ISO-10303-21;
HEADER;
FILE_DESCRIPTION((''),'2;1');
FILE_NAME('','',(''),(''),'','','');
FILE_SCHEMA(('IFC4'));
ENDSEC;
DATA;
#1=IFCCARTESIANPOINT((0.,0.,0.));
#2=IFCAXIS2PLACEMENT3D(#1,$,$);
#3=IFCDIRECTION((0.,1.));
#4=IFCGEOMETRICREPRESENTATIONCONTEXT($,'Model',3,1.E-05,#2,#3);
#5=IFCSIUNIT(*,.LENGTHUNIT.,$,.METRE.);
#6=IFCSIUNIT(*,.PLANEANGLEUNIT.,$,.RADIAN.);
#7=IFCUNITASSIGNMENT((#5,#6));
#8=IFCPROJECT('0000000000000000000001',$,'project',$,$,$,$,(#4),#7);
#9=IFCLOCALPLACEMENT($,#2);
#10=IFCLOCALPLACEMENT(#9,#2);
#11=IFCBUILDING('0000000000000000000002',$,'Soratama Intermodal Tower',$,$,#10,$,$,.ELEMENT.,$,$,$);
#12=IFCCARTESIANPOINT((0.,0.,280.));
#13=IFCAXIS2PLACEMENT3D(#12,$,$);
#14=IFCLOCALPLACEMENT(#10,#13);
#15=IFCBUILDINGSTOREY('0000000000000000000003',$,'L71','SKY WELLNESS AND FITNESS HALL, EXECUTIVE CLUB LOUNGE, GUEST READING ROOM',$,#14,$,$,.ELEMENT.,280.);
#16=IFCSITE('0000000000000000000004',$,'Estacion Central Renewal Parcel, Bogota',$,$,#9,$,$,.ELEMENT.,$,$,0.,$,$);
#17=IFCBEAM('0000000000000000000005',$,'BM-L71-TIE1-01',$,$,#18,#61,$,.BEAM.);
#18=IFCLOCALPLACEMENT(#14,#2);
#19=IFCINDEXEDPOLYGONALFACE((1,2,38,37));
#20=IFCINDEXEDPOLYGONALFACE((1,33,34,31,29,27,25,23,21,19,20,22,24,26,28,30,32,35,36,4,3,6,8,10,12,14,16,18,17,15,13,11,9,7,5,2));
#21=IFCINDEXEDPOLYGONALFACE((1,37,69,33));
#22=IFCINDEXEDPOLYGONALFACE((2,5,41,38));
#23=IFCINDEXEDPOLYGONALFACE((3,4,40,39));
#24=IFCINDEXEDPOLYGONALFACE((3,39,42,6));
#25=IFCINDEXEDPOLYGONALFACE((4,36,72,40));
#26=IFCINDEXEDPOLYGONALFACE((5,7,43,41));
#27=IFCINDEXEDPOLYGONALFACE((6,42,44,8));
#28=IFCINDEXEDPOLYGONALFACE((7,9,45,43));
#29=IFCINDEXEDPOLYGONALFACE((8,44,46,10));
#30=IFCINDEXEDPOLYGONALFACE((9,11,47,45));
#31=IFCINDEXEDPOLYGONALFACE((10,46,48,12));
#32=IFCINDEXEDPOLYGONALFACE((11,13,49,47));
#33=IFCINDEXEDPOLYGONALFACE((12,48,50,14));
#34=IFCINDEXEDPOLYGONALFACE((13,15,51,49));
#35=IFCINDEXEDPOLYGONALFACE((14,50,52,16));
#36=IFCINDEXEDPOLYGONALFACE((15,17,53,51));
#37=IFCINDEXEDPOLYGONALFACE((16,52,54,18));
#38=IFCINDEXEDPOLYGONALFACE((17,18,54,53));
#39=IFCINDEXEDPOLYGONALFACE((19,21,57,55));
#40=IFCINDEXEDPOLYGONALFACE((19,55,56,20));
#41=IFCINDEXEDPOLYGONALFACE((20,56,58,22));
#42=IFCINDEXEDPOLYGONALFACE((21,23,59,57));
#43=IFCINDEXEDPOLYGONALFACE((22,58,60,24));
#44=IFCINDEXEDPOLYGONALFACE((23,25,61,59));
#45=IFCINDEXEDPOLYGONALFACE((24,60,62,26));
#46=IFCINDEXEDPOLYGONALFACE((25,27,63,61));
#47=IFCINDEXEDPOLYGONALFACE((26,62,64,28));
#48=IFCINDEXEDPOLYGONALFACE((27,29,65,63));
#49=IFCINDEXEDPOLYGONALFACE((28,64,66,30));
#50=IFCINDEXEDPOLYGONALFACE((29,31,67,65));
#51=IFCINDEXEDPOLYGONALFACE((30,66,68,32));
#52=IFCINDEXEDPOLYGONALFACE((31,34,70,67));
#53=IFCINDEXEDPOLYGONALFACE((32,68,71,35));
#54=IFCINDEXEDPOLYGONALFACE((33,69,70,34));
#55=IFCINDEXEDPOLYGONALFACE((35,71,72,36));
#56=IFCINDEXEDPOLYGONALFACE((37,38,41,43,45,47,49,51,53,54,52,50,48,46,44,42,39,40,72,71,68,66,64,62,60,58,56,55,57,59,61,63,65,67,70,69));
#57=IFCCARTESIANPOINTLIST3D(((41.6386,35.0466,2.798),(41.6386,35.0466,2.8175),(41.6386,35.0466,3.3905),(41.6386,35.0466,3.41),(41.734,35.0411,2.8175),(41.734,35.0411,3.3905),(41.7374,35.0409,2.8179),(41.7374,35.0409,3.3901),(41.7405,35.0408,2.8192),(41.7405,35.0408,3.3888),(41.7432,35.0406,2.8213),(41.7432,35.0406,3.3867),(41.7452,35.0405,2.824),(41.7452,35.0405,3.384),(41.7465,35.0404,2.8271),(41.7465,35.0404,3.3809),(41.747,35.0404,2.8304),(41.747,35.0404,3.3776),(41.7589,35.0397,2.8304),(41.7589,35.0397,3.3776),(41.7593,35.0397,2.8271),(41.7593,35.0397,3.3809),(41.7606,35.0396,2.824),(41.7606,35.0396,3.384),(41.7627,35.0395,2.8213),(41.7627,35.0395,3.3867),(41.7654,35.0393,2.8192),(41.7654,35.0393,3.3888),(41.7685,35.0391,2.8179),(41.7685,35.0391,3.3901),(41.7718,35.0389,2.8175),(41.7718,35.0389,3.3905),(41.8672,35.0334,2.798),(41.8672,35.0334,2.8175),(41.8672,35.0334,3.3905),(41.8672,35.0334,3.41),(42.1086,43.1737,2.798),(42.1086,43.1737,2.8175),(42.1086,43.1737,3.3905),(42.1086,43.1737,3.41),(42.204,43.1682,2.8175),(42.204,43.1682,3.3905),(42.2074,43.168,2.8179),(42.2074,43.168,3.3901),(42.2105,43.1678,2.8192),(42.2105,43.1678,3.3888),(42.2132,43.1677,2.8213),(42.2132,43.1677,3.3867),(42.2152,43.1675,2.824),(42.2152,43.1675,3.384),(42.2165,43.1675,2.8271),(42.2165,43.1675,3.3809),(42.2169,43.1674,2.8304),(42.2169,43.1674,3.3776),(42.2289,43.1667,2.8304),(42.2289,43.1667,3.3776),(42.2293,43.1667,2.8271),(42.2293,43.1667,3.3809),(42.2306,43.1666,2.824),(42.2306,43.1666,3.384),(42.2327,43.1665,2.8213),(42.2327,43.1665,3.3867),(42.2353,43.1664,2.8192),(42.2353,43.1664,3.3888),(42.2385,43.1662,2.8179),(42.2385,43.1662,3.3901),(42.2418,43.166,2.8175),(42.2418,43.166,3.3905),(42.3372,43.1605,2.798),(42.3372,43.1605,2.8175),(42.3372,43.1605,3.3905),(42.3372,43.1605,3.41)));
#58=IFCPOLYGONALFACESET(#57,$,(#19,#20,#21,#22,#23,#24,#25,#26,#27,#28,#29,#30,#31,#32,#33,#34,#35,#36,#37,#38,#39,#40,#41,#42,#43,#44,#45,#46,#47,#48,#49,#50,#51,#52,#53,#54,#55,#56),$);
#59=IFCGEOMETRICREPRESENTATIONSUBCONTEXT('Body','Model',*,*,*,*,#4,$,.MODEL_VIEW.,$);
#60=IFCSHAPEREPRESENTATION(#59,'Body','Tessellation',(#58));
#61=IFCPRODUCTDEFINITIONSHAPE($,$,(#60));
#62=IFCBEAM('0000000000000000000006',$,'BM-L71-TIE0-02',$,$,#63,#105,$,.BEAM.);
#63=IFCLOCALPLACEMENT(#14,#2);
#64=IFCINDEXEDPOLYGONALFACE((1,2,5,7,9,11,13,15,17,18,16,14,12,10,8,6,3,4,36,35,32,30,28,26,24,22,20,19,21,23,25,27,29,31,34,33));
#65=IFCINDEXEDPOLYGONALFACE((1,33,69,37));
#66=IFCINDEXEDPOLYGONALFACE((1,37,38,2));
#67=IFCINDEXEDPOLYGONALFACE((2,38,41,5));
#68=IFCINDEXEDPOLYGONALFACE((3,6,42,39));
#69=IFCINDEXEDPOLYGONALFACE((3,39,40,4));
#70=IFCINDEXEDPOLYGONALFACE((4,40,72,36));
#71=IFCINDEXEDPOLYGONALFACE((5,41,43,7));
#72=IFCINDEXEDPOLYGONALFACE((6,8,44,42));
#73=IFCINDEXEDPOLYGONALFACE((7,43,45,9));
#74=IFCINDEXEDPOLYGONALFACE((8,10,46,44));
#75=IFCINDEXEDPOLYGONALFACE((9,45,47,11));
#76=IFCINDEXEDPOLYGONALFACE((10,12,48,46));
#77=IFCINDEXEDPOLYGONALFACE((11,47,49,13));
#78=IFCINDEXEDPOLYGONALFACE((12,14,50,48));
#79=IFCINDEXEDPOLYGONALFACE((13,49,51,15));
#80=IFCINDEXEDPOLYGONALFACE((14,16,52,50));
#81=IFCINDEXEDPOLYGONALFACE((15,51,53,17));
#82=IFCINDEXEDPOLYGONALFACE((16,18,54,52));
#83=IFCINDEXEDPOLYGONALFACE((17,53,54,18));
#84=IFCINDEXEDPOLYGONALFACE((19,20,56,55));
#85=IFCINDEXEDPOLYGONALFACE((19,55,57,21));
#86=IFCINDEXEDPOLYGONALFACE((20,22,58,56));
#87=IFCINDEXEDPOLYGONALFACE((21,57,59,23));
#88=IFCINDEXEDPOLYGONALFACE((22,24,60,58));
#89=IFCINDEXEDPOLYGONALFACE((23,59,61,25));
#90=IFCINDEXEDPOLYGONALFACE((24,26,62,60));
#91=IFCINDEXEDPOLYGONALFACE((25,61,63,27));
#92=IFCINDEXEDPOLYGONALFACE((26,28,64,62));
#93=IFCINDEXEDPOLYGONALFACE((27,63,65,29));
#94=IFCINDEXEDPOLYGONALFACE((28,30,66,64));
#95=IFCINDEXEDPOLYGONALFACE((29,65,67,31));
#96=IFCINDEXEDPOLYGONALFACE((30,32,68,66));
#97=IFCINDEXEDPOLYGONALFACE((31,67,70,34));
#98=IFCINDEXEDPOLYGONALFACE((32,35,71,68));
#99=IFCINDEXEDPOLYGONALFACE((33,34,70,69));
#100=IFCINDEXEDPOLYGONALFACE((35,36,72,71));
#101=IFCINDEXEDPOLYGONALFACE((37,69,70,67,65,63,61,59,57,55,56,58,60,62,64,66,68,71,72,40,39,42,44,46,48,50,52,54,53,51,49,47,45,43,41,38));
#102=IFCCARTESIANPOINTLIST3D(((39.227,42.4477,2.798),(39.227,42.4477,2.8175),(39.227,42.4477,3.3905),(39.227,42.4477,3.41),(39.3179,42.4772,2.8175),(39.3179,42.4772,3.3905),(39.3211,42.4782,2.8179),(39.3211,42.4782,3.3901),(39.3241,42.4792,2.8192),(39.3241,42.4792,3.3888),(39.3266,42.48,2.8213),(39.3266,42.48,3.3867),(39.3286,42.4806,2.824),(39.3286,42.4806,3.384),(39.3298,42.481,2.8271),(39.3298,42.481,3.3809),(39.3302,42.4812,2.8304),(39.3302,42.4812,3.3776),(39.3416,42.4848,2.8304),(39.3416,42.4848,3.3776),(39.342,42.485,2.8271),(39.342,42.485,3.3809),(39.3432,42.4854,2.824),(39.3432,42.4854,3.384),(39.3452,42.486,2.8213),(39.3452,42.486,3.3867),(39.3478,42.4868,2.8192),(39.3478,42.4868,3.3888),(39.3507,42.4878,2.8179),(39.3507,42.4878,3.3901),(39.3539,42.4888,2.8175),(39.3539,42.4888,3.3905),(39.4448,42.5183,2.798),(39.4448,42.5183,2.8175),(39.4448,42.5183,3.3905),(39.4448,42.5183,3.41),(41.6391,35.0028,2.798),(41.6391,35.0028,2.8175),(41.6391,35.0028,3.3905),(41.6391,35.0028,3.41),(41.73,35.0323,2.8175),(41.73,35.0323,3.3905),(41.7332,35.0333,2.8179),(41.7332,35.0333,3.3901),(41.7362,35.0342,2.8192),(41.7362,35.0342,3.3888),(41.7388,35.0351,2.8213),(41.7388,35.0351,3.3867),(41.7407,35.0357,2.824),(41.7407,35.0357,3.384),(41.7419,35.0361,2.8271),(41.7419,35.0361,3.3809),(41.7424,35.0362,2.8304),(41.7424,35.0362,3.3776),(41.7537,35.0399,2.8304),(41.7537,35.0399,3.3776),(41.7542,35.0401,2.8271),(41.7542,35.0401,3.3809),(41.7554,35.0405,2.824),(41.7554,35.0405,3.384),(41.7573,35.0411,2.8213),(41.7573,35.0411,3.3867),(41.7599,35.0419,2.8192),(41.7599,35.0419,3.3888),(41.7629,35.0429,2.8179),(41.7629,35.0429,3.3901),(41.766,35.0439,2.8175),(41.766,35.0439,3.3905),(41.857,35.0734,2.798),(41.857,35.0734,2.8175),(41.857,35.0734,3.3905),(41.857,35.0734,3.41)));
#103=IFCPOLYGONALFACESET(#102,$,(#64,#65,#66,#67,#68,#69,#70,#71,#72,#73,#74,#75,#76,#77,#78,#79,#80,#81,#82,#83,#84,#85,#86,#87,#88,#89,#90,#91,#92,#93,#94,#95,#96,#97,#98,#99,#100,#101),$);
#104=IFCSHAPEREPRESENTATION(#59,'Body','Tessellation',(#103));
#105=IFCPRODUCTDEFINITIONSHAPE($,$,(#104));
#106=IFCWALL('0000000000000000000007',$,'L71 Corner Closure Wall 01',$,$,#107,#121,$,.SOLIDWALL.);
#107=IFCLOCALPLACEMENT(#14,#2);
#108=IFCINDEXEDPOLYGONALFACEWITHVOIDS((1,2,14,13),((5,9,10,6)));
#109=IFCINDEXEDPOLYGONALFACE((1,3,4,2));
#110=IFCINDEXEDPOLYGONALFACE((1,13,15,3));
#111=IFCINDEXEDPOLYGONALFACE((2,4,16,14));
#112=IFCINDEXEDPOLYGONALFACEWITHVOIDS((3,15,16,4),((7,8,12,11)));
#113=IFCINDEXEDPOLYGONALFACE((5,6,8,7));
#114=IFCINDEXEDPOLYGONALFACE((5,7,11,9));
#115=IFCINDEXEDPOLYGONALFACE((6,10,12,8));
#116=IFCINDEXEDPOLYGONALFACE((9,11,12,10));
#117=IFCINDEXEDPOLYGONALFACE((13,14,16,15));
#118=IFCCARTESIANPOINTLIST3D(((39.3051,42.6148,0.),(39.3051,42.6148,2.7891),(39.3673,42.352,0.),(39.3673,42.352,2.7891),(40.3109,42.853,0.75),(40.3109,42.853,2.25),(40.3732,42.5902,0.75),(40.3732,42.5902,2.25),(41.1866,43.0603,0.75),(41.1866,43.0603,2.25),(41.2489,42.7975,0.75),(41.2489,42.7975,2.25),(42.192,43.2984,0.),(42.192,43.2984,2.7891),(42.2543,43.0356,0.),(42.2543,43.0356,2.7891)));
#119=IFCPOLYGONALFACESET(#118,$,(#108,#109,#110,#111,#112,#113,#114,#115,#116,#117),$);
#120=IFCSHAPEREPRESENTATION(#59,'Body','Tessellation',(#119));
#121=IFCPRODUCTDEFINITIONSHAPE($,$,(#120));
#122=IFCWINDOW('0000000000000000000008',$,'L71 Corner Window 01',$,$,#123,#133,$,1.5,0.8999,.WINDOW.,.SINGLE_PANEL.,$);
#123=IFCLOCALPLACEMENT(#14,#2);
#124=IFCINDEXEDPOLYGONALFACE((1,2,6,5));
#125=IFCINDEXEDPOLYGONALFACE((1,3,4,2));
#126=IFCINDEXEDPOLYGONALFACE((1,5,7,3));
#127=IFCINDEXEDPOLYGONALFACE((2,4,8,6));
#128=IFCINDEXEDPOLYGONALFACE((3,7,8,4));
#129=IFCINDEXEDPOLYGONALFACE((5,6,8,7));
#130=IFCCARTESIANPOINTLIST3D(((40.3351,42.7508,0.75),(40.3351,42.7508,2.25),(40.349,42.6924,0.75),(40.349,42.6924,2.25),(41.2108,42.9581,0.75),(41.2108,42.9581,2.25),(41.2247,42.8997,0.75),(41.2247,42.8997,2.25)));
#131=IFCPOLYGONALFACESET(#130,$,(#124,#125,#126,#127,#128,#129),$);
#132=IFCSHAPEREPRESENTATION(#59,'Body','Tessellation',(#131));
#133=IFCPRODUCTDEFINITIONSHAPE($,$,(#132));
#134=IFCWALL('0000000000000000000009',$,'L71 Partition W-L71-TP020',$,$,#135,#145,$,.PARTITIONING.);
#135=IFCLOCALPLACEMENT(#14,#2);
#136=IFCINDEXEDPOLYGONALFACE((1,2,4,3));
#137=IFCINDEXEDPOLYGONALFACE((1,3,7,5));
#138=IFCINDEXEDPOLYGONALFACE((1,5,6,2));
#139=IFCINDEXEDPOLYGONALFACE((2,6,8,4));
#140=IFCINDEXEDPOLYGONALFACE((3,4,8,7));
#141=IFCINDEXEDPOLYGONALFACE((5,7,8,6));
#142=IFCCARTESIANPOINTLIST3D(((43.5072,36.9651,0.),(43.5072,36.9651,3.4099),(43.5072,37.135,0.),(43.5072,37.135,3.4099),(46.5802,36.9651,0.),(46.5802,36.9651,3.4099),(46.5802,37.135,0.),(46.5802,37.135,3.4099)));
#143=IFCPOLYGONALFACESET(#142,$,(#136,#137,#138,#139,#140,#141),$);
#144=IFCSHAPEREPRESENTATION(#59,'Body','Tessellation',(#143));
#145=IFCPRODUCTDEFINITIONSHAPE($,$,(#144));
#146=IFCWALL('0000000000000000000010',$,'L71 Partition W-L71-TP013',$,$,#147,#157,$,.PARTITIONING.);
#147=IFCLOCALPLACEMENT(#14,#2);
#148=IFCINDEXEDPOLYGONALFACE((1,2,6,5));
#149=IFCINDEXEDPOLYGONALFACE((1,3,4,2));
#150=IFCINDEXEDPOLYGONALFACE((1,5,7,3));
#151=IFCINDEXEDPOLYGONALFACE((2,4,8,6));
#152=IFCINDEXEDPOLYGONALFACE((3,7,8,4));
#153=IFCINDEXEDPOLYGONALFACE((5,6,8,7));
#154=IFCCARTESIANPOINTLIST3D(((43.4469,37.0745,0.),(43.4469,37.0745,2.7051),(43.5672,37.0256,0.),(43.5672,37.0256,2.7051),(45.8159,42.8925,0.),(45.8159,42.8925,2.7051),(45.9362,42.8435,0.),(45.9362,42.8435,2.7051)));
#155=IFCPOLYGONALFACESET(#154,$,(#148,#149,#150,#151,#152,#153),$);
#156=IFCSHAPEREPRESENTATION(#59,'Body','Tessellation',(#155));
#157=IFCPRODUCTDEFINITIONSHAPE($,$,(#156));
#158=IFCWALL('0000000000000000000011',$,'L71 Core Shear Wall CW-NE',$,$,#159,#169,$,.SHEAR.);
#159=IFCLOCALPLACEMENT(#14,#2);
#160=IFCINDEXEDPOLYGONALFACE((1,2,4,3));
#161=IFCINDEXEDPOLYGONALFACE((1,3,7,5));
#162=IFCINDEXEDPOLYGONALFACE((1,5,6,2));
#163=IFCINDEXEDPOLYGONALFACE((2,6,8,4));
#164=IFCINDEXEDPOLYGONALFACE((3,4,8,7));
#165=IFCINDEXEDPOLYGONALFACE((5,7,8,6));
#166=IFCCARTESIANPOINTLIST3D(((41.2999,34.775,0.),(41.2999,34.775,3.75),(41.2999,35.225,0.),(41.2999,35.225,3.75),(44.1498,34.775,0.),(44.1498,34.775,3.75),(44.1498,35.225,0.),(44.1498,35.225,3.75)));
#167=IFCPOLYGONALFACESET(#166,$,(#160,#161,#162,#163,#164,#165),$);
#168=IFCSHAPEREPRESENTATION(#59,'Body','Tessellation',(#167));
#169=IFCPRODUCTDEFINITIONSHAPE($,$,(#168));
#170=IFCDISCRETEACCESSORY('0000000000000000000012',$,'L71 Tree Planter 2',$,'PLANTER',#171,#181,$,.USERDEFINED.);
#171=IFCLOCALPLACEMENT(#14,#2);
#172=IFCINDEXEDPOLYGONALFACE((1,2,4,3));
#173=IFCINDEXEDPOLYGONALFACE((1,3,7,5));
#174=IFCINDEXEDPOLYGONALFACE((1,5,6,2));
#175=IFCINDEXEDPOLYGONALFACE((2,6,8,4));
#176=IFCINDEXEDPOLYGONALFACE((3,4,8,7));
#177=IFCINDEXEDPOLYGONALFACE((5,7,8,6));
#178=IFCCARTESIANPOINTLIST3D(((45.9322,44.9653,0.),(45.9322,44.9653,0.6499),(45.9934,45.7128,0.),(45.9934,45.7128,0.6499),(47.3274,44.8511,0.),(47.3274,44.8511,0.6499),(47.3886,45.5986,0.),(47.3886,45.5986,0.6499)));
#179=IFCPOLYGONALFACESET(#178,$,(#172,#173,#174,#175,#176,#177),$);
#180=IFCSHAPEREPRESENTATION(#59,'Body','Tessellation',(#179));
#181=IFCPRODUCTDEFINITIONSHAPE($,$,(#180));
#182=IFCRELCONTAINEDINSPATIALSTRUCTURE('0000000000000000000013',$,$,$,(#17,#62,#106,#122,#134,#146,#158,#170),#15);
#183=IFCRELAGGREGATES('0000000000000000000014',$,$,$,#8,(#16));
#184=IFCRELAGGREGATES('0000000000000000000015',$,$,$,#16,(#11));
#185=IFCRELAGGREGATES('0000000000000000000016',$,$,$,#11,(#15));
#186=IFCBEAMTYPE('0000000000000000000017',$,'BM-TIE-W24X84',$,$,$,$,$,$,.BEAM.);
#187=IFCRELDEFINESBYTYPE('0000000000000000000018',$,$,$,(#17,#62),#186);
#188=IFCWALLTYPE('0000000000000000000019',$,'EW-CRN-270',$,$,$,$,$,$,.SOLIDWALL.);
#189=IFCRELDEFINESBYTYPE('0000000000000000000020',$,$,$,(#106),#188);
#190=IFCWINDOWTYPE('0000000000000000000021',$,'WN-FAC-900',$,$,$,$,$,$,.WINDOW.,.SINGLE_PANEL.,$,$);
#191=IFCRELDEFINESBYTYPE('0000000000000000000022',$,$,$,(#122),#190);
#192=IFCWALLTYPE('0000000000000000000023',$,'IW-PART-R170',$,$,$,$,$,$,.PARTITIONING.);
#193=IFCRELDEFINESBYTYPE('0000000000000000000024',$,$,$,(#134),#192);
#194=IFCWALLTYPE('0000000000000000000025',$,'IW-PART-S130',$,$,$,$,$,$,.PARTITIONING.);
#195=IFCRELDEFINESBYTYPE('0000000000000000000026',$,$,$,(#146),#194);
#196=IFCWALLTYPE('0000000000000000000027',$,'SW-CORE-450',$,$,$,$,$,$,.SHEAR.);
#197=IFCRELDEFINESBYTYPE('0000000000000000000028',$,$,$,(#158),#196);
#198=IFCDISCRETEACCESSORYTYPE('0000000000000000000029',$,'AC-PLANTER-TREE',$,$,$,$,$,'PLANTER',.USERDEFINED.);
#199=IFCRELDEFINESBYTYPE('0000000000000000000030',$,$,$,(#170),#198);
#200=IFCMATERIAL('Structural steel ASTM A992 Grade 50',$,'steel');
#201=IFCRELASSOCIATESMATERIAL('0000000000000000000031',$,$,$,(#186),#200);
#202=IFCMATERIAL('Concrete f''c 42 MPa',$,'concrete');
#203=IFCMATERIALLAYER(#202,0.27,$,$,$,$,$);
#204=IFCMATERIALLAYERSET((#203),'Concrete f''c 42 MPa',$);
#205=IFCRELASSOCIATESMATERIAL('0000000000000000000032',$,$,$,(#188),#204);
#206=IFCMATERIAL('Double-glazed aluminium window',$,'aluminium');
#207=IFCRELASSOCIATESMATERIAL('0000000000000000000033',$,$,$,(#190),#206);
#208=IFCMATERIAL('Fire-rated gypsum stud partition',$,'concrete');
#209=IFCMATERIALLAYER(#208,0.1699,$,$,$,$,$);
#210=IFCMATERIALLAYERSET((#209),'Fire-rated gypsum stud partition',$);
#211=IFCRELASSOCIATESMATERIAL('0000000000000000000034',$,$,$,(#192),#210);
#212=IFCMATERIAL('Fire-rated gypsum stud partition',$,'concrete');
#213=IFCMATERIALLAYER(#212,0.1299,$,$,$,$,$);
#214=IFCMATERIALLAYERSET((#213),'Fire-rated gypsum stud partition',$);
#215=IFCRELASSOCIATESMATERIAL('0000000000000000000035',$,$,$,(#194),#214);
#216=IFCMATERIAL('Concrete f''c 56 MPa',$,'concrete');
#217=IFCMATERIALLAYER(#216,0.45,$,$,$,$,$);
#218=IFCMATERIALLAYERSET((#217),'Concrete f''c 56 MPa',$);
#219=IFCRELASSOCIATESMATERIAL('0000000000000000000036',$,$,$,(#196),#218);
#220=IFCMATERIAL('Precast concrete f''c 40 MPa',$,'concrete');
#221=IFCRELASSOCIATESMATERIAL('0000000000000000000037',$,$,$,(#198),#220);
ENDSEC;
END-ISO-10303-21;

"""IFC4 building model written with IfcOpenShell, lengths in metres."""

from ifc_helpers import new_model, si_unit, direction, frame, frame_2d, origin, origin_2d, place, context, subcontext, project, spatial, rectangle, i_section, extrude, material, layer, layer_set, material_profile, profile_set, type_object, element, fill, save


model = new_model("IFC4")

# Units and contexts
model_context = context("Model", 3, precision=1e-05, world=origin(), true_north=direction((0.0, 1.0)))
body_context = subcontext(model_context, "Body", "Model", "MODEL_VIEW")
ifc_project = project(units=[si_unit("LENGTHUNIT", "METRE"), si_unit("PLANEANGLEUNIT", "RADIAN")], contexts=[model_context])

# Site, building, storey
site_placement = place(None, origin())
site = spatial("IfcSite", under=ifc_project, at=site_placement, Name="Estacion Central Renewal Parcel, Bogota", CompositionType="ELEMENT", RefElevation=0.0)
building_placement = place(site_placement, origin())
building = spatial("IfcBuilding", under=site, at=building_placement, Name="Soratama Intermodal Tower", CompositionType="ELEMENT")
storey_placement = place(building_placement, frame((0.0, 0.0, 280.0)))
storey = spatial("IfcBuildingStorey", under=building, at=storey_placement, Name="L71", Description="SKY WELLNESS AND FITNESS HALL, EXECUTIVE CLUB LOUNGE, GUEST READING ROOM", CompositionType="ELEMENT", Elevation=280.0)

# Beams
ifc_material_1 = material(Name="Structural steel ASTM A992 Grade 50", Category="steel")
ifc_material_profile_1 = material_profile(ifc_material_1, i_section(OverallWidth=0.229, OverallDepth=0.6121, WebThickness=0.012, FlangeThickness=0.0195, FilletRadius=0.0129, at=origin_2d()), Name="W24X84")
ifc_profile_set_1 = profile_set([ifc_material_profile_1], Name="Structural steel ASTM A992 Grade 50")
beam_type_1 = type_object("IfcBeamType", Name="BM-TIE-W24X84", PredefinedType="BEAM", material=ifc_profile_set_1)
beam_1_placement = place(storey_placement, frame((41.7529, 35.04, 3.104), z_axis=(0.057732, 0.998332, 0.0), x_axis=(-0.998332, 0.057732, 0.0)))
element("IfcBeam", 1, at=beam_1_placement, inside=storey, type_object=beam_type_1, Name="BM-L71-TIE1-01", PredefinedType="BEAM", context=body_context, shape_type="SweptSolid", body=[
    extrude(i_section(OverallWidth=0.229, OverallDepth=0.6121, WebThickness=0.012, FlangeThickness=0.0195, FilletRadius=0.0129, at=origin_2d()), origin(), (0.0, 0.0, 1.0), 8.1406),
])
beam_2_placement = place(storey_placement, frame((41.748, 35.0381, 3.104), z_axis=(-0.308224, 0.951314, 0.0), x_axis=(-0.951314, -0.308224, 0.0)))
element("IfcBeam", 2, at=beam_2_placement, inside=storey, type_object=beam_type_1, Name="BM-L71-TIE0-02", PredefinedType="BEAM", context=body_context, shape_type="SweptSolid", body=[
    extrude(i_section(OverallWidth=0.229, OverallDepth=0.6121, WebThickness=0.012, FlangeThickness=0.0195, FilletRadius=0.0129, at=origin_2d()), origin(), (0.0, 0.0, 1.0), 7.8259),
])

# Wall, opening, window
ifc_material_2 = material(Name="Concrete f'c 42 MPa", Category="concrete")
ifc_layer_1 = layer(ifc_material_2, 0.27)
ifc_layer_set_1 = layer_set([ifc_layer_1], Name="Concrete f'c 42 MPa")
wall_type_1 = type_object("IfcWallType", Name="EW-CRN-270", PredefinedType="SOLIDWALL", material=ifc_layer_set_1)
wall_1_placement = place(storey_placement, frame((42.2231, 43.167, 0.0), z_axis=(0.0, 0.0, 1.0), x_axis=(-0.973092, -0.230415, 0.0)))
wall_1 = element("IfcWall", 3, at=wall_1_placement, inside=storey, type_object=wall_type_1, Name="L71 Corner Closure Wall 01", PredefinedType="SOLIDWALL", context=body_context, shape_type="SweptSolid", body=[
    extrude(rectangle(XDim=2.9668, YDim=0.27, at=frame_2d((1.4834, 0.0))), origin(), (0.0, 0.0, 1.0), 2.7891),
])
opening_1_placement = place(wall_1_placement, frame((1.0332, 0.0, 0.75)))
opening_1 = element("IfcOpeningElement", 4, at=opening_1_placement, cuts=wall_1, PredefinedType="OPENING", context=body_context, shape_type="SweptSolid", body=[
    extrude(rectangle(XDim=0.8999, YDim=1.5, at=frame_2d((0.45, 0.75))), frame((0.0, 0.145, 0.0), z_axis=(0.0, -1.0, 0.0), x_axis=(1.0, 0.0, 0.0)), (0.0, 0.0, 1.0), 0.29),
])
ifc_material_3 = material(Name="Double-glazed aluminium window", Category="aluminium")
window_type = type_object("IfcWindowType", Name="WN-FAC-900", PartitioningType="SINGLE_PANEL", PredefinedType="WINDOW", material=ifc_material_3)
window_placement = place(opening_1_placement, origin())
window = element("IfcWindow", 5, at=window_placement, inside=storey, type_object=window_type, Name="L71 Corner Window 01", OverallHeight=1.5, OverallWidth=0.8999, PartitioningType="SINGLE_PANEL", PredefinedType="WINDOW", context=body_context, shape_type="SweptSolid", body=[
    extrude(rectangle(XDim=0.8999, YDim=1.5, at=frame_2d((0.45, 0.75))), frame((0.0, 0.03, 0.0), z_axis=(0.0, -1.0, 0.0), x_axis=(1.0, 0.0, 0.0)), (0.0, 0.0, 1.0), 0.0601),
])
fill(opening_1, window)

# Shared definitions
ifc_material_4 = material(Name="Fire-rated gypsum stud partition", Category="concrete")
ifc_layer_2 = layer(ifc_material_4, 0.1699)
ifc_layer_set_2 = layer_set([ifc_layer_2], Name="Fire-rated gypsum stud partition")
wall_type_2 = type_object("IfcWallType", Name="IW-PART-R170", PredefinedType="PARTITIONING", material=ifc_layer_set_2)

# Walls
wall_2_placement = place(storey_placement, frame((43.5071, 37.05, 0.0), z_axis=(0.0, 0.0, 1.0), x_axis=(1.0, 0.0, 0.0)))
element("IfcWall", 6, at=wall_2_placement, inside=storey, type_object=wall_type_2, Name="L71 Partition W-L71-TP020", PredefinedType="PARTITIONING", context=body_context, shape_type="SweptSolid", body=[
    extrude(rectangle(XDim=3.073, YDim=0.1699, at=frame_2d((1.5366, 0.0))), origin(), (0.0, 0.0, 1.0), 3.4099),
])
ifc_material_5 = material(Name="Fire-rated gypsum stud partition", Category="concrete")
ifc_layer_3 = layer(ifc_material_5, 0.1299)
ifc_layer_set_3 = layer_set([ifc_layer_3], Name="Fire-rated gypsum stud partition")
wall_type_3 = type_object("IfcWallType", Name="IW-PART-S130", PredefinedType="PARTITIONING", material=ifc_layer_set_3)
wall_3_placement = place(storey_placement, frame((43.5071, 37.05, 0.0), z_axis=(0.0, 0.0, 1.0), x_axis=(0.377113, 0.926167, 0.0)))
element("IfcWall", 7, at=wall_3_placement, inside=storey, type_object=wall_type_3, Name="L71 Partition W-L71-TP013", PredefinedType="PARTITIONING", context=body_context, shape_type="SweptSolid", body=[
    extrude(rectangle(XDim=6.2817, YDim=0.1299, at=frame_2d((3.1409, 0.0))), origin(), (0.0, 0.0, 1.0), 2.7051),
])
ifc_material_6 = material(Name="Concrete f'c 56 MPa", Category="concrete")
ifc_layer_4 = layer(ifc_material_6, 0.45)
ifc_layer_set_4 = layer_set([ifc_layer_4], Name="Concrete f'c 56 MPa")
wall_type_4 = type_object("IfcWallType", Name="SW-CORE-450", PredefinedType="SHEAR", material=ifc_layer_set_4)
wall_4_placement = place(storey_placement, frame((41.3, 35.0, 0.0), z_axis=(0.0, 0.0, 1.0), x_axis=(1.0, 0.0, 0.0)))
element("IfcWall", 8, at=wall_4_placement, inside=storey, type_object=wall_type_4, Name="L71 Core Shear Wall CW-NE", PredefinedType="SHEAR", context=body_context, shape_type="SweptSolid", body=[
    extrude(rectangle(XDim=2.8499, YDim=0.45, at=frame_2d((1.4248, 0.0))), origin(), (0.0, 0.0, 1.0), 3.75),
])

# Discrete accessory
ifc_material_7 = material(Name="Precast concrete f'c 40 MPa", Category="concrete")
discrete_accessory_type = type_object("IfcDiscreteAccessoryType", Name="AC-PLANTER-TREE", ElementType="PLANTER", PredefinedType="USERDEFINED", material=ifc_material_7)
discrete_accessory_placement = place(storey_placement, frame((46.6604, 45.282, 0.0), z_axis=(0.0, 0.0, 1.0), x_axis=(0.081591, 0.996666, 0.0)))
element("IfcDiscreteAccessory", 9, at=discrete_accessory_placement, inside=storey, type_object=discrete_accessory_type, Name="L71 Tree Planter 2", ObjectType="PLANTER", PredefinedType="USERDEFINED", context=body_context, shape_type="SweptSolid", body=[
    extrude(rectangle(XDim=0.75, YDim=1.3999, at=origin_2d()), origin(), (0.0, 0.0, 1.0), 0.6499),
])

save(model, "model.ifc")
